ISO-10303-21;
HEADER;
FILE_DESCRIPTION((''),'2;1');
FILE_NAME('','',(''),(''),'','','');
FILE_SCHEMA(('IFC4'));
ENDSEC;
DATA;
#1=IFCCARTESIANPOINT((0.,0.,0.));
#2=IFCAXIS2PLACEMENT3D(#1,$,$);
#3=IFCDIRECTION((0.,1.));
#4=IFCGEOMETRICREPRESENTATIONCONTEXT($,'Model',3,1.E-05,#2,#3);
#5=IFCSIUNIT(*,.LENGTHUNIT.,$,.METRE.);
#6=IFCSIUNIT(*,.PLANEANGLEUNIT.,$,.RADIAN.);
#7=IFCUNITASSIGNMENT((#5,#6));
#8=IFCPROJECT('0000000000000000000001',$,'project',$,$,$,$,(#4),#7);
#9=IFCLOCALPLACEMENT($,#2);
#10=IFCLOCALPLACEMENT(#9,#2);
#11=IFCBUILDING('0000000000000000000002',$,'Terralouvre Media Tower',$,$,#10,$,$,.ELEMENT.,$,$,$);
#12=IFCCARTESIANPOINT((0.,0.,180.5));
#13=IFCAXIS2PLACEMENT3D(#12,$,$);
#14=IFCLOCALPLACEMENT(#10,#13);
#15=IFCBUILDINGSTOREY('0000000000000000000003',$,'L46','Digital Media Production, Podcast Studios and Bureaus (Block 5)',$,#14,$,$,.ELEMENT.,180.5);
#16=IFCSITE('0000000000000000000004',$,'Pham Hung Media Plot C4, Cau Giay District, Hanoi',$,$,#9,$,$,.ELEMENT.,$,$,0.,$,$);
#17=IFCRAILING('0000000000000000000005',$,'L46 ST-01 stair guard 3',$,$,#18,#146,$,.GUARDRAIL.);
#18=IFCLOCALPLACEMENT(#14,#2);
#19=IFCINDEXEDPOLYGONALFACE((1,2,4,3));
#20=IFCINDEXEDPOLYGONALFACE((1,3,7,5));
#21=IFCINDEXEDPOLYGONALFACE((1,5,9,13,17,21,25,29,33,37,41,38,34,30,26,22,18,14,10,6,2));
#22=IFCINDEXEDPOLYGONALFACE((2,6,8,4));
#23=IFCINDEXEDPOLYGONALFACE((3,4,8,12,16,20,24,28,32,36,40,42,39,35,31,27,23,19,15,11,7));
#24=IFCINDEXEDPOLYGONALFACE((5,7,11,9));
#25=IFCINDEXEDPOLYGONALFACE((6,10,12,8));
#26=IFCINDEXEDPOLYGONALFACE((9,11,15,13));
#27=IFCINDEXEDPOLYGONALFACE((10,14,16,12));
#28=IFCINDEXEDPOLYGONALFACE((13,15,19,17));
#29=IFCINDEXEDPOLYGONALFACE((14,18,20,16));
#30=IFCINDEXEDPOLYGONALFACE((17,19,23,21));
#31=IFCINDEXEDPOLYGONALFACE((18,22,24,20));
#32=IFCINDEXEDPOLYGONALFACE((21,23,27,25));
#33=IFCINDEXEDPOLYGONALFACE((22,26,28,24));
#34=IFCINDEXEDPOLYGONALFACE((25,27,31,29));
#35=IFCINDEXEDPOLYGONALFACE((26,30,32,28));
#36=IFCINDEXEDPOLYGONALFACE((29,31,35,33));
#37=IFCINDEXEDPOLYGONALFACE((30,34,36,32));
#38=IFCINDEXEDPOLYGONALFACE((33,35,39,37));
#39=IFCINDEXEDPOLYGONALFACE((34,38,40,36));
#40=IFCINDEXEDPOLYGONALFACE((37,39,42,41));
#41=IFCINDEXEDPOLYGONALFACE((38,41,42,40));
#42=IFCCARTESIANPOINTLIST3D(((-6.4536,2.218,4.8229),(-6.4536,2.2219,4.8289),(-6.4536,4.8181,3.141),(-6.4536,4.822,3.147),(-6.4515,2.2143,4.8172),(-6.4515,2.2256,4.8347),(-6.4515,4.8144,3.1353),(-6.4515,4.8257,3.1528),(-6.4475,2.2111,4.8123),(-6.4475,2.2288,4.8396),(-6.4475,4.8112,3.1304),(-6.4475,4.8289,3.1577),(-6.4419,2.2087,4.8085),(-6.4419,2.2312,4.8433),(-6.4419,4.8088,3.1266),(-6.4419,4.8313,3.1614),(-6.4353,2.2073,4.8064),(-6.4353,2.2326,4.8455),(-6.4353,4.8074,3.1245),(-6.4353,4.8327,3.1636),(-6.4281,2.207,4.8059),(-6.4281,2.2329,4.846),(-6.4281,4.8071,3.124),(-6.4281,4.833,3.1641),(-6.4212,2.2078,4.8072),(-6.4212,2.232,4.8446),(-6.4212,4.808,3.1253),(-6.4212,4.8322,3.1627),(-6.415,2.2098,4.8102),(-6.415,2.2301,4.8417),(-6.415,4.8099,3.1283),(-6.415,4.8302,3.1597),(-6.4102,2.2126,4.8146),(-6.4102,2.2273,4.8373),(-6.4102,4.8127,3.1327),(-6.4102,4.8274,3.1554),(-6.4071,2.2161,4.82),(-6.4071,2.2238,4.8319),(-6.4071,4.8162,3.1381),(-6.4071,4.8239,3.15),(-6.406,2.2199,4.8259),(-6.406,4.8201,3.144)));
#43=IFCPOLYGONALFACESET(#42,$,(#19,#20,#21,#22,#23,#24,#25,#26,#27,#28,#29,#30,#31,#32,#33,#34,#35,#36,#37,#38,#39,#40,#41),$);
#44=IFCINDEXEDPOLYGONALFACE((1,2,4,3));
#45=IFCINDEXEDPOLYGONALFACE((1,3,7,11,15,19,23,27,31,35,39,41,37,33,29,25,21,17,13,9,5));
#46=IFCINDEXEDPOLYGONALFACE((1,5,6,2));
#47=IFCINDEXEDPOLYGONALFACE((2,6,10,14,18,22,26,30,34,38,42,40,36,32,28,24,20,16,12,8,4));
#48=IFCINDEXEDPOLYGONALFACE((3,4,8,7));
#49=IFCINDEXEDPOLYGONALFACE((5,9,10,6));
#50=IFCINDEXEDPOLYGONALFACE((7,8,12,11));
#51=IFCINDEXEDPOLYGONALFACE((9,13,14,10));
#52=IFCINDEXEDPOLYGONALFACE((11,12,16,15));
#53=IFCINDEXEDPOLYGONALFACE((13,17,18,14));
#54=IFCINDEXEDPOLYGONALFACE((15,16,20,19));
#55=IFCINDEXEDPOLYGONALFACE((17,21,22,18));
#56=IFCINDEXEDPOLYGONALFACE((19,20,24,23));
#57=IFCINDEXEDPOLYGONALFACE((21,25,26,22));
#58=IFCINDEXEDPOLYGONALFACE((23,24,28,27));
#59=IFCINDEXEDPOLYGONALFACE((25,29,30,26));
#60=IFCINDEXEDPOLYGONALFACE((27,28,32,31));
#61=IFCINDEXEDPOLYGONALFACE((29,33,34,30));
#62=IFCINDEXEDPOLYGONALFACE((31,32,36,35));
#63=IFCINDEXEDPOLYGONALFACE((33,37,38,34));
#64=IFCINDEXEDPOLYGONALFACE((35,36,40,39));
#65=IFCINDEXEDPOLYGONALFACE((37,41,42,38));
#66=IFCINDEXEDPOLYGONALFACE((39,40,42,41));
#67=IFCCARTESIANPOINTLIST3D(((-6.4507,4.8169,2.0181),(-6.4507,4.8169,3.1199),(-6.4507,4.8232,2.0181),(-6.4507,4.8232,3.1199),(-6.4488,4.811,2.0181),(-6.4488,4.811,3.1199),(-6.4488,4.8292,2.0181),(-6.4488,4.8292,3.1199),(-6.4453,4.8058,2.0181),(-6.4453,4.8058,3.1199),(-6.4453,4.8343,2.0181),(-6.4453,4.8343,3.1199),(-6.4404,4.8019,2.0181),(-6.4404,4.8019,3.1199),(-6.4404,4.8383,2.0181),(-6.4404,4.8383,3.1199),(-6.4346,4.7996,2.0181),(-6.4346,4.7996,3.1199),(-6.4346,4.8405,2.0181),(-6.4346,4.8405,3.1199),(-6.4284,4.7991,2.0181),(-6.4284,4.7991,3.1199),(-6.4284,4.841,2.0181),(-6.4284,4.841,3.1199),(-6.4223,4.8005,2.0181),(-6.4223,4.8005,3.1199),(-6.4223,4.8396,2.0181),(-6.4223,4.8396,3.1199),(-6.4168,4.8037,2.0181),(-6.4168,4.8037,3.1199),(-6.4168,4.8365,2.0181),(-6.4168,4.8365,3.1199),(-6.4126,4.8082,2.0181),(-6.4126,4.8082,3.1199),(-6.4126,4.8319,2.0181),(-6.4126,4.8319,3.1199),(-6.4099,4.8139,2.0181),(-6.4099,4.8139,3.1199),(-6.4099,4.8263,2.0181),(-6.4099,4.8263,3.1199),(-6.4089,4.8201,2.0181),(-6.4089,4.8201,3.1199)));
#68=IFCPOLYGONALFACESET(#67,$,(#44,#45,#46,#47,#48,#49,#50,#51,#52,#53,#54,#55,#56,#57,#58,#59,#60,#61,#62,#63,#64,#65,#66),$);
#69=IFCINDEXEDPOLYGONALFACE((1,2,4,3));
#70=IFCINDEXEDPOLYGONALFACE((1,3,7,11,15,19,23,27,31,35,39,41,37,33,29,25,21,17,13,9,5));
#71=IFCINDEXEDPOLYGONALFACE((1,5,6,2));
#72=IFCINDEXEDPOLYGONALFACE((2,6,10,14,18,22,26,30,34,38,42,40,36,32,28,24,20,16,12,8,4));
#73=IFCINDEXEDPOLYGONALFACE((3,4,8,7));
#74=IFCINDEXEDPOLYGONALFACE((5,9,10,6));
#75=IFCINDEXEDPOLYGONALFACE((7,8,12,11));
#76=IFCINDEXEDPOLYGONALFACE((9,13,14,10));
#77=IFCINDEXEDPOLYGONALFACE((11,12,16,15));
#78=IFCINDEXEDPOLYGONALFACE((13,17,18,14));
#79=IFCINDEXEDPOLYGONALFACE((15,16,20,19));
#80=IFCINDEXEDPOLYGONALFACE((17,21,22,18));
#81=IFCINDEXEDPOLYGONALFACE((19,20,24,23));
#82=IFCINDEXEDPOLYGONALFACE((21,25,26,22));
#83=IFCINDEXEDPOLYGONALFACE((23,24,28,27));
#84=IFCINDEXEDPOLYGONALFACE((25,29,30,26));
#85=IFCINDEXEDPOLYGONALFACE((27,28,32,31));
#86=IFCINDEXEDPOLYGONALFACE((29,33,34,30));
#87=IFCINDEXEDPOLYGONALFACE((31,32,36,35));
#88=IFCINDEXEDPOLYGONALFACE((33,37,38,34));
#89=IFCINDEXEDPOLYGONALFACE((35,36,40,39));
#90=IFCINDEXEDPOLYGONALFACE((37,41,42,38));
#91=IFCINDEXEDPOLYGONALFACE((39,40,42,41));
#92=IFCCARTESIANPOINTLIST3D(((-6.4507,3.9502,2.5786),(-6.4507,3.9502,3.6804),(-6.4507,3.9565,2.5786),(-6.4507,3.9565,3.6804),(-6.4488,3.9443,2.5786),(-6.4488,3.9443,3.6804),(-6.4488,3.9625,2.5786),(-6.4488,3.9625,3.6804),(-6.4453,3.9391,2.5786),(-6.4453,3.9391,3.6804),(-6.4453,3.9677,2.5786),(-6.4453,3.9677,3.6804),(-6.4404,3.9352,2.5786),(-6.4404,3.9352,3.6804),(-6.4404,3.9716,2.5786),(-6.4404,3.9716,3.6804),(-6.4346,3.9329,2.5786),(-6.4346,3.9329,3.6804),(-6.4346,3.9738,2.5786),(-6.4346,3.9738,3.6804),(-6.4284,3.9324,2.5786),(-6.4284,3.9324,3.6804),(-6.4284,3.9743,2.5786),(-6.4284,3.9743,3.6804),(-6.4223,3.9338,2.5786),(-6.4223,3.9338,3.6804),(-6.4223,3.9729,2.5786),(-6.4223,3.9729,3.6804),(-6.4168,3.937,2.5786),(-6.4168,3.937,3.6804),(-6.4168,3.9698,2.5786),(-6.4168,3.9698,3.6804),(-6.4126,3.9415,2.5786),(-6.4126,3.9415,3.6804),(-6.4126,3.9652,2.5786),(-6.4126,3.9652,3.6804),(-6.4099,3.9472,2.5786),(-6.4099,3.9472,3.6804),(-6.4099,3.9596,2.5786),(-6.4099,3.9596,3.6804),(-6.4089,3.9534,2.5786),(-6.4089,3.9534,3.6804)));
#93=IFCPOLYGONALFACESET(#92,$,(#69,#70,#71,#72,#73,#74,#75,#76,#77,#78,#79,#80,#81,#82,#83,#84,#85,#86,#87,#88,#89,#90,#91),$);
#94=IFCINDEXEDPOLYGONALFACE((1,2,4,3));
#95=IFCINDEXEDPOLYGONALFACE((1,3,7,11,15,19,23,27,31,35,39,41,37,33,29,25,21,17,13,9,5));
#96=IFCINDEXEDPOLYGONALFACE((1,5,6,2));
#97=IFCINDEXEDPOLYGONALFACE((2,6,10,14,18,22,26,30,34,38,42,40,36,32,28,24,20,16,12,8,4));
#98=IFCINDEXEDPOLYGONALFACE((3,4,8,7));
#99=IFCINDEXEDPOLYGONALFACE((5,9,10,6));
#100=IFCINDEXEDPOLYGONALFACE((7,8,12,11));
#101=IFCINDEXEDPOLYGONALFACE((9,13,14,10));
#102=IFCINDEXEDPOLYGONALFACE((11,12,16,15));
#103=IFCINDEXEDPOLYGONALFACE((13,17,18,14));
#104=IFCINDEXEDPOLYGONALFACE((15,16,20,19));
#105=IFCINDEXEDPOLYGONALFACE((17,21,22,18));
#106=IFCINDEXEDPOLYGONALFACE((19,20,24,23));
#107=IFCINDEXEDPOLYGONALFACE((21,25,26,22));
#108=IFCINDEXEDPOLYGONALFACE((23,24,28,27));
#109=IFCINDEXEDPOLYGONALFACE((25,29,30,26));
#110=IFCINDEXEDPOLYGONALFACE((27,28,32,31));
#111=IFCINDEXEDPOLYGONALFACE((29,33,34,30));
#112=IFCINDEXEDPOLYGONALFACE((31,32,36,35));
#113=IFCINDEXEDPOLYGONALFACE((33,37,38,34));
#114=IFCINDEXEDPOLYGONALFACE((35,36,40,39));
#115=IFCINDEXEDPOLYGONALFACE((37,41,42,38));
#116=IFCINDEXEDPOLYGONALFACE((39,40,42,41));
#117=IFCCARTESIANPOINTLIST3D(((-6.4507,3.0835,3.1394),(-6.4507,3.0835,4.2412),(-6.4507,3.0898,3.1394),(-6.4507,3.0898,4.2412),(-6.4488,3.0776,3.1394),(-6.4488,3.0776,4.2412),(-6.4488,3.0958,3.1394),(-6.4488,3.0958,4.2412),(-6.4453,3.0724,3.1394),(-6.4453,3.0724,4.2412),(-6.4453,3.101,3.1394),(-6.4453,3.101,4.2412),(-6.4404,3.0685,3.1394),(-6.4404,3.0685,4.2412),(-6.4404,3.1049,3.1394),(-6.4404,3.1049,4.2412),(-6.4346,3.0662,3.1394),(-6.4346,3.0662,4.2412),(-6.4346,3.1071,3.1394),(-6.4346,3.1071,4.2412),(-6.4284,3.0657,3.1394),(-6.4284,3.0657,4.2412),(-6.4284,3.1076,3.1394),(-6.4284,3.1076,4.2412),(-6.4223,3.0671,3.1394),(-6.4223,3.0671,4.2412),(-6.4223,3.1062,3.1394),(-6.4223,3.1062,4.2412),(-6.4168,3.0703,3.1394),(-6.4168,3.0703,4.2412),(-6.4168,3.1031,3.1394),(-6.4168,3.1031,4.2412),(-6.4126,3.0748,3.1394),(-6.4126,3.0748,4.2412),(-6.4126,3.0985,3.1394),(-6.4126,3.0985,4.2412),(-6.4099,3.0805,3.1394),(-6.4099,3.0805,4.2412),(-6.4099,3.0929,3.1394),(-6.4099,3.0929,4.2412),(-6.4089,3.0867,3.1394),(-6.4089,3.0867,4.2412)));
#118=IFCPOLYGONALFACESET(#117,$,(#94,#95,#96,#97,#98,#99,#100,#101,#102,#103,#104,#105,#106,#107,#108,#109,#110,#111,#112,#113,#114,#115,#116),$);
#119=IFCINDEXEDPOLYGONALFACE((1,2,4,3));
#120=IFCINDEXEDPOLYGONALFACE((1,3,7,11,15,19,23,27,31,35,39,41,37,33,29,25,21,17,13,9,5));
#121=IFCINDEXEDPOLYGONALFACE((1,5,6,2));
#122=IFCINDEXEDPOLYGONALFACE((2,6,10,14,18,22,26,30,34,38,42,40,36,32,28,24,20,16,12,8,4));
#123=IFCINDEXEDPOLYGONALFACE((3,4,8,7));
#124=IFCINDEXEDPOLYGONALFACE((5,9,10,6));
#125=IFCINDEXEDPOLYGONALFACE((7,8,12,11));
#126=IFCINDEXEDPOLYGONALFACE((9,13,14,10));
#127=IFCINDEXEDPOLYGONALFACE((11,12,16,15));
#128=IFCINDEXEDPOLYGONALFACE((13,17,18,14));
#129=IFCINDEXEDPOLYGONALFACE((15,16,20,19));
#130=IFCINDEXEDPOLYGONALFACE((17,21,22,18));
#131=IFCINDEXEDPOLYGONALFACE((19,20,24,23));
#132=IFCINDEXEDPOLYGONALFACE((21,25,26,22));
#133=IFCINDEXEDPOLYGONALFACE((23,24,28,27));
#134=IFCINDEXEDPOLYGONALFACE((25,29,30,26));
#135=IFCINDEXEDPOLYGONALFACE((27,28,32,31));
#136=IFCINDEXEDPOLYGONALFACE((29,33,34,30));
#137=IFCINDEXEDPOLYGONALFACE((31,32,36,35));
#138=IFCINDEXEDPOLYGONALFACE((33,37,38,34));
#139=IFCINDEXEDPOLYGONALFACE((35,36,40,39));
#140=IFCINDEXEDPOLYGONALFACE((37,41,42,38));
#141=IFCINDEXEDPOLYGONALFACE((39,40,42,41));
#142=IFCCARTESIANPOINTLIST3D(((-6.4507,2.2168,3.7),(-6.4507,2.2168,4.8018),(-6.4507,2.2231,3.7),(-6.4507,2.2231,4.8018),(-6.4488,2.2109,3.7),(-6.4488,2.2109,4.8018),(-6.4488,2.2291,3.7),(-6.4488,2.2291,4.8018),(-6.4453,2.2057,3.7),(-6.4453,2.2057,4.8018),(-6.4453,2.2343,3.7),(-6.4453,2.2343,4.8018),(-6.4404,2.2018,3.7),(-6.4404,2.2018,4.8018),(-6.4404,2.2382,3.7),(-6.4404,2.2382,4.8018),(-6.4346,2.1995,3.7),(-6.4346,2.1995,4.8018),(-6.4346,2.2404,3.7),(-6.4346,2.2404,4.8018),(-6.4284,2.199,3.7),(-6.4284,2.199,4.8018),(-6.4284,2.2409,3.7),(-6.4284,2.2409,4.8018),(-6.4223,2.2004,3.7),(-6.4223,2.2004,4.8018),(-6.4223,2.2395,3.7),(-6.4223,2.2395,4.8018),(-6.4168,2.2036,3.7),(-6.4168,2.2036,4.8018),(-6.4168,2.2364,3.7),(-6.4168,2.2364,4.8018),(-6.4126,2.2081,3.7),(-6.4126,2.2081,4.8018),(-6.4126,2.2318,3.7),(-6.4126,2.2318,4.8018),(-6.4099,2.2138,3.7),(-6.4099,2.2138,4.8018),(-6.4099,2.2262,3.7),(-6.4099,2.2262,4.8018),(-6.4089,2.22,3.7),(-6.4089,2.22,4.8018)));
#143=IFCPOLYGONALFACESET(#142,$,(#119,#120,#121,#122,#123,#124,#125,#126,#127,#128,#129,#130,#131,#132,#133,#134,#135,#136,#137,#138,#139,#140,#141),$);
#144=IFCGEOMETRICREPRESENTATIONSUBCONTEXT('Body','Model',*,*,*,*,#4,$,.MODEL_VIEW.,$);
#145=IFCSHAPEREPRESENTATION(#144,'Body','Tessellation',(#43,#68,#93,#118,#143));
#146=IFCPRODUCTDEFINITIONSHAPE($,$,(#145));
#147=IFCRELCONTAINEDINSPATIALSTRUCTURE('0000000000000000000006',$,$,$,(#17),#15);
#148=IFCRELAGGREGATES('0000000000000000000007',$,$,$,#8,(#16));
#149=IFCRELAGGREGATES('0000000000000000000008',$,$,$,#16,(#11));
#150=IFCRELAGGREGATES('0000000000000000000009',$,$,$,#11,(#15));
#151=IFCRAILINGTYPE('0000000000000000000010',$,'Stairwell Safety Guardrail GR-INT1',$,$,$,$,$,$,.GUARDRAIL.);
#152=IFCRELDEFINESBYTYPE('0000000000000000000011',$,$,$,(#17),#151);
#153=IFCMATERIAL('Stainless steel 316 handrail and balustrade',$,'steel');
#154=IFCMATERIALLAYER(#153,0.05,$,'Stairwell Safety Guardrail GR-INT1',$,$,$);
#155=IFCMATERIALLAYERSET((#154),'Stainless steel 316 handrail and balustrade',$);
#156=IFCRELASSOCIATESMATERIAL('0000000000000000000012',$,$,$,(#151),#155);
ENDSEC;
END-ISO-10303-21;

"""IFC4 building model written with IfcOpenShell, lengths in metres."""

from ifc_helpers import new_model, si_unit, direction, frame, origin, origin_2d, place, context, subcontext, project, spatial, circle, extrude, material, layer, layer_set, type_object, element, save


model = new_model("IFC4")

# Units and contexts
model_context = context("Model", 3, precision=1e-05, world=origin(), true_north=direction((0.0, 1.0)))
body_context = subcontext(model_context, "Body", "Model", "MODEL_VIEW")
ifc_project = project(units=[si_unit("LENGTHUNIT", "METRE"), si_unit("PLANEANGLEUNIT", "RADIAN")], contexts=[model_context])

# Site, building, storey
site_placement = place(None, origin())
site = spatial("IfcSite", under=ifc_project, at=site_placement, Name="Pham Hung Media Plot C4, Cau Giay District, Hanoi", CompositionType="ELEMENT", RefElevation=0.0)
building_placement = place(site_placement, origin())
building = spatial("IfcBuilding", under=site, at=building_placement, Name="Terralouvre Media Tower", CompositionType="ELEMENT")
storey_placement = place(building_placement, frame((0.0, 0.0, 180.5)))
storey = spatial("IfcBuildingStorey", under=building, at=storey_placement, Name="L46", Description="Digital Media Production, Podcast Studios and Bureaus (Block 5)", CompositionType="ELEMENT", Elevation=180.5)

# Railing
ifc_material_1 = material(Name="Stainless steel 316 handrail and balustrade", Category="steel")
ifc_layer_1 = layer(ifc_material_1, 0.05, Name="Stairwell Safety Guardrail GR-INT1")
ifc_layer_set_1 = layer_set([ifc_layer_1], Name="Stainless steel 316 handrail and balustrade")
railing_type_1 = type_object("IfcRailingType", Name="Stairwell Safety Guardrail GR-INT1", PredefinedType="GUARDRAIL", material=ifc_layer_set_1)
railing_1_placement = place(storey_placement, frame((-6.4299, 4.8201, 2.0181)))
element("IfcRailing", 1, at=railing_1_placement, inside=storey, type_object=railing_type_1, Name="L46 ST-01 stair guard 3", PredefinedType="GUARDRAIL", context=body_context, shape_type="SweptSolid", body=[
    extrude(circle(Radius=0.0239, at=origin_2d()), frame((0.0, 0.0, 1.126), z_axis=(0.0, -0.839648, 0.54313), x_axis=(1.0, 0.0, 0.0)), (0.0, 0.0, 1.0), 3.0967),
    extrude(circle(Radius=0.021, at=origin_2d()), origin(), (0.0, 0.0, 1.0), 1.1018),
    extrude(circle(Radius=0.021, at=origin_2d()), frame((0.0, -0.8667, 0.5605)), (0.0, 0.0, 1.0), 1.1018),
    extrude(circle(Radius=0.021, at=origin_2d()), frame((0.0, -1.7334, 1.1213)), (0.0, 0.0, 1.0), 1.1018),
    extrude(circle(Radius=0.021, at=origin_2d()), frame((0.0, -2.6001, 1.6819)), (0.0, 0.0, 1.0), 1.1018),
])

save(model, "model.ifc")
